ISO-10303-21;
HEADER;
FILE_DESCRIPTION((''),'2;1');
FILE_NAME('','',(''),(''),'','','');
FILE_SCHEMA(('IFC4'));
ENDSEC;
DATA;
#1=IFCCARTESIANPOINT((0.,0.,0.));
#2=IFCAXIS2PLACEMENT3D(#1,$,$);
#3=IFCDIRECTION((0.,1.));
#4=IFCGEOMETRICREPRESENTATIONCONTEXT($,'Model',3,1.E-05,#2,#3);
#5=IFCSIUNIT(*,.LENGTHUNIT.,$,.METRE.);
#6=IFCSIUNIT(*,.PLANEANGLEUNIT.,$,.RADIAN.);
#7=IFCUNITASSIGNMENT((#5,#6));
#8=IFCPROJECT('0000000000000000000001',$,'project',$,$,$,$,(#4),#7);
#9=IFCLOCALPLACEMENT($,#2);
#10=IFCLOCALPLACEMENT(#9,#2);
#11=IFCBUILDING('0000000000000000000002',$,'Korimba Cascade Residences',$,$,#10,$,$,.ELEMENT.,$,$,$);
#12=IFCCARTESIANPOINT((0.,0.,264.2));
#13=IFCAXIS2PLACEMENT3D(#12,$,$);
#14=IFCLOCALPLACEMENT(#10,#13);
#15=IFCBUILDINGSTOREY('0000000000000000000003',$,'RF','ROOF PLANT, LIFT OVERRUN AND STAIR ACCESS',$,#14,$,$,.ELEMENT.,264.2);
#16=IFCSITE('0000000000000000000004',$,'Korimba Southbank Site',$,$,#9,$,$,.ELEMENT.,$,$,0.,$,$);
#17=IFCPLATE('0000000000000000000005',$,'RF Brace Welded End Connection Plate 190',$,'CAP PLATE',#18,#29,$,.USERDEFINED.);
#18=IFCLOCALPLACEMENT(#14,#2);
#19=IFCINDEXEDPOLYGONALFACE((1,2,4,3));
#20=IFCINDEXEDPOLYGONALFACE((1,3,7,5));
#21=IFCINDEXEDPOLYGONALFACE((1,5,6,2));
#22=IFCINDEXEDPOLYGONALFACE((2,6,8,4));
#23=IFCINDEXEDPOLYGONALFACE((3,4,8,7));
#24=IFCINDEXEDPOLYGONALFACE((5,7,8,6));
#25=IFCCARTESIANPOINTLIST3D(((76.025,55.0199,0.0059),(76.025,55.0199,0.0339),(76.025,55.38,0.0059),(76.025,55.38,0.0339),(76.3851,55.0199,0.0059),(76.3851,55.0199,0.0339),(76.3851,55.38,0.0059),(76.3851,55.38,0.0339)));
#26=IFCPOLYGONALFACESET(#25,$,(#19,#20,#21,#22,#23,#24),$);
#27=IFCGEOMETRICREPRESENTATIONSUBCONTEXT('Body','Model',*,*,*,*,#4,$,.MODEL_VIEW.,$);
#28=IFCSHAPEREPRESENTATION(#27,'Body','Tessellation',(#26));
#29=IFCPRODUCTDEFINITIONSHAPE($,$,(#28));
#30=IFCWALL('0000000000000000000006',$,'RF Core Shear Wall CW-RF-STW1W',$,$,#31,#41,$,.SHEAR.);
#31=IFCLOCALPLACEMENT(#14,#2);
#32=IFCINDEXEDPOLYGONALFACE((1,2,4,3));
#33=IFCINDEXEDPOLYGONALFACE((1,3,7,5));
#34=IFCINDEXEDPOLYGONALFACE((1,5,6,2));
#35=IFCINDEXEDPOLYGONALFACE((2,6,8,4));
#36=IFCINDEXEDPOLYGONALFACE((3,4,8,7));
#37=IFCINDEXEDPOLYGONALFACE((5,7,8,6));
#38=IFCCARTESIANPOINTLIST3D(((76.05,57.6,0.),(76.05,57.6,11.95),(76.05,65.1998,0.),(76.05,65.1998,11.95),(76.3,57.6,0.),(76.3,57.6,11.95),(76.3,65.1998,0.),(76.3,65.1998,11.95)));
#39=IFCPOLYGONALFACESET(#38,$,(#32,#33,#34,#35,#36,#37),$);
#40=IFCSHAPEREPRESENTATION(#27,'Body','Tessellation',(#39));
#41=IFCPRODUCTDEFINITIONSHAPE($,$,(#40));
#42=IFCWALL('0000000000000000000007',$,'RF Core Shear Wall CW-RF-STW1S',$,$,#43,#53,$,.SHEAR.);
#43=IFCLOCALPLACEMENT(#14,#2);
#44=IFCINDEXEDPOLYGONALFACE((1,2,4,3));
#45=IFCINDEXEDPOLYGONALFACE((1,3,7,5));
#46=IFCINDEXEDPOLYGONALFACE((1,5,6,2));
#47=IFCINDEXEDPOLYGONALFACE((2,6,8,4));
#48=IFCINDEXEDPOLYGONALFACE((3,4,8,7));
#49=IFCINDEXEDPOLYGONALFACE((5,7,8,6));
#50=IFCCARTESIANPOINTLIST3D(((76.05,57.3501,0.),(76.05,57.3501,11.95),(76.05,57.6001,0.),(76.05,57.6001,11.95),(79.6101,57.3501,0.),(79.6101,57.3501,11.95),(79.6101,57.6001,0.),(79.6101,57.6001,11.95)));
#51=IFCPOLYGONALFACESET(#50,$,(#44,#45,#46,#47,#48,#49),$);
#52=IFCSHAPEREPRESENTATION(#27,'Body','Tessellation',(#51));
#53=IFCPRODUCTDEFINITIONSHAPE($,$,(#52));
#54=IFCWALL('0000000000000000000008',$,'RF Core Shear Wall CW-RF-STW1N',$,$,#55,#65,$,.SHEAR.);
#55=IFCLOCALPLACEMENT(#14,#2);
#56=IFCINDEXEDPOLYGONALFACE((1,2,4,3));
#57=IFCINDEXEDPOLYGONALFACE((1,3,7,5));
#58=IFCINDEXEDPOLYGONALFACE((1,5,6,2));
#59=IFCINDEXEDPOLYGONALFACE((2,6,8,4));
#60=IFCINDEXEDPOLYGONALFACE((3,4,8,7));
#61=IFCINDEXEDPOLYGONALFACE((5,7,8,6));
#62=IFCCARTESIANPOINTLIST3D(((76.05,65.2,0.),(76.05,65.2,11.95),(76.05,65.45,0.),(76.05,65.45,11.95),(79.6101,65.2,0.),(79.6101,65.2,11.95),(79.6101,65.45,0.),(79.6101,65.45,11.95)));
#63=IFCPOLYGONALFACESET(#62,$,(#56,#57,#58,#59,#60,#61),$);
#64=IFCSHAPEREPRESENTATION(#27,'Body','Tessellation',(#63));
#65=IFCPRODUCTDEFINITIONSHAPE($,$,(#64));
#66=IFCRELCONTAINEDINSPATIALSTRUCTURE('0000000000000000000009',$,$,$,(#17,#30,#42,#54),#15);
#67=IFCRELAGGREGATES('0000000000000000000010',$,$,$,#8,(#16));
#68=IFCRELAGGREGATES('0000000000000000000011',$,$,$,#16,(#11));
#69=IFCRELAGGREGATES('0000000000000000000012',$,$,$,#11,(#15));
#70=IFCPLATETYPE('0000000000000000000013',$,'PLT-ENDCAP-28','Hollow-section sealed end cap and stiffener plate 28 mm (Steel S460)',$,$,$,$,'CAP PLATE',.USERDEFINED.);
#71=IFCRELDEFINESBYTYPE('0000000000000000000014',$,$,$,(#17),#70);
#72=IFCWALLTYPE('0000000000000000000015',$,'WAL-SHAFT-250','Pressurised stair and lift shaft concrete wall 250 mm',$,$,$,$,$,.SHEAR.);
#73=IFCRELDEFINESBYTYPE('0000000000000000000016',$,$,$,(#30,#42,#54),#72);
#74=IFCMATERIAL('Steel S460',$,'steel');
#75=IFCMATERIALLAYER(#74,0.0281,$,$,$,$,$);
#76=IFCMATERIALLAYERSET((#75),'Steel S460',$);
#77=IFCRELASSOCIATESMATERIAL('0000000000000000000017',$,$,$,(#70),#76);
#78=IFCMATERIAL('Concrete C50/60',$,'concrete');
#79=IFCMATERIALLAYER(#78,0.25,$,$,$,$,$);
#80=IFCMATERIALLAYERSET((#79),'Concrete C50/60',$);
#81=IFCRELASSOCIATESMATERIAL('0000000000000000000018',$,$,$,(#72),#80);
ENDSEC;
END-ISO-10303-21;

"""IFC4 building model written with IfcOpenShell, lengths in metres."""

from ifc_helpers import new_model, si_unit, direction, frame, frame_2d, origin, origin_2d, place, context, subcontext, project, spatial, rectangle, extrude, material, layer, layer_set, type_object, element, save


model = new_model("IFC4")

# Units and contexts
model_context = context("Model", 3, precision=1e-05, world=origin(), true_north=direction((0.0, 1.0)))
body_context = subcontext(model_context, "Body", "Model", "MODEL_VIEW")
ifc_project = project(units=[si_unit("LENGTHUNIT", "METRE"), si_unit("PLANEANGLEUNIT", "RADIAN")], contexts=[model_context])

# Site, building, storey
site_placement = place(None, origin())
site = spatial("IfcSite", under=ifc_project, at=site_placement, Name="Korimba Southbank Site", CompositionType="ELEMENT", RefElevation=0.0)
building_placement = place(site_placement, origin())
building = spatial("IfcBuilding", under=site, at=building_placement, Name="Korimba Cascade Residences", CompositionType="ELEMENT")
storey_placement = place(building_placement, frame((0.0, 0.0, 264.2)))
storey = spatial("IfcBuildingStorey", under=building, at=storey_placement, Name="RF", Description="ROOF PLANT, LIFT OVERRUN AND STAIR ACCESS", CompositionType="ELEMENT", Elevation=264.2)

# Plate
ifc_material_1 = material(Name="Steel S460", Category="steel")
ifc_layer_1 = layer(ifc_material_1, 0.0281)
ifc_layer_set_1 = layer_set([ifc_layer_1], Name="Steel S460")
plate_type_1 = type_object("IfcPlateType", Name="PLT-ENDCAP-28", Description="Hollow-section sealed end cap and stiffener plate 28 mm (Steel S460)", ElementType="CAP PLATE", PredefinedType="USERDEFINED", material=ifc_layer_set_1)
for number, where, z_axis, x_axis, name in (
    (1, (76.2051, 55.2, 0.0059), (0.0, 0.0, 1.0), (1.0, 0.0, 0.0), "RF Brace Welded End Connection Plate 190"),
):
    element("IfcPlate", number, at=place(storey_placement, frame(where, z_axis=z_axis, x_axis=x_axis)), inside=storey, type_object=plate_type_1, Name=name, ObjectType="CAP PLATE", PredefinedType="USERDEFINED", context=body_context, shape_type="SweptSolid", body=[
        extrude(rectangle(XDim=0.3601, YDim=0.3601, at=origin_2d()), origin(), (0.0, 0.0, 1.0), 0.0281),
    ])

# Walls
ifc_material_2 = material(Name="Concrete C50/60", Category="concrete")
ifc_layer_2 = layer(ifc_material_2, 0.25)
ifc_layer_set_2 = layer_set([ifc_layer_2], Name="Concrete C50/60")
wall_type = type_object("IfcWallType", Name="WAL-SHAFT-250", Description="Pressurised stair and lift shaft concrete wall 250 mm", PredefinedType="SHEAR", material=ifc_layer_set_2)
wall_placement = place(storey_placement, frame((76.175, 57.6001, 0.0), z_axis=(0.0, 0.0, 1.0), x_axis=(0.0, 1.0, 0.0)))
element("IfcWall", 2, at=wall_placement, inside=storey, type_object=wall_type, Name="RF Core Shear Wall CW-RF-STW1W", PredefinedType="SHEAR", context=body_context, shape_type="SweptSolid", body=[
    extrude(rectangle(XDim=7.5999, YDim=0.25, at=frame_2d((3.7998, 0.0))), origin(), (0.0, 0.0, 1.0), 11.95),
])
for number, where, z_axis, x_axis, name in (
    (3, (76.05, 57.4751, 0.0), (0.0, 0.0, 1.0), (1.0, 0.0, 0.0), "RF Core Shear Wall CW-RF-STW1S"),
    (4, (76.05, 65.325, 0.0), (0.0, 0.0, 1.0), (1.0, 0.0, 0.0), "RF Core Shear Wall CW-RF-STW1N"),
):
    element("IfcWall", number, at=place(storey_placement, frame(where, z_axis=z_axis, x_axis=x_axis)), inside=storey, type_object=wall_type, Name=name, PredefinedType="SHEAR", context=body_context, shape_type="SweptSolid", body=[
        extrude(rectangle(XDim=3.5601, YDim=0.25, at=frame_2d((1.78, 0.0))), origin(), (0.0, 0.0, 1.0), 11.95),
    ])

save(model, "model.ifc")
